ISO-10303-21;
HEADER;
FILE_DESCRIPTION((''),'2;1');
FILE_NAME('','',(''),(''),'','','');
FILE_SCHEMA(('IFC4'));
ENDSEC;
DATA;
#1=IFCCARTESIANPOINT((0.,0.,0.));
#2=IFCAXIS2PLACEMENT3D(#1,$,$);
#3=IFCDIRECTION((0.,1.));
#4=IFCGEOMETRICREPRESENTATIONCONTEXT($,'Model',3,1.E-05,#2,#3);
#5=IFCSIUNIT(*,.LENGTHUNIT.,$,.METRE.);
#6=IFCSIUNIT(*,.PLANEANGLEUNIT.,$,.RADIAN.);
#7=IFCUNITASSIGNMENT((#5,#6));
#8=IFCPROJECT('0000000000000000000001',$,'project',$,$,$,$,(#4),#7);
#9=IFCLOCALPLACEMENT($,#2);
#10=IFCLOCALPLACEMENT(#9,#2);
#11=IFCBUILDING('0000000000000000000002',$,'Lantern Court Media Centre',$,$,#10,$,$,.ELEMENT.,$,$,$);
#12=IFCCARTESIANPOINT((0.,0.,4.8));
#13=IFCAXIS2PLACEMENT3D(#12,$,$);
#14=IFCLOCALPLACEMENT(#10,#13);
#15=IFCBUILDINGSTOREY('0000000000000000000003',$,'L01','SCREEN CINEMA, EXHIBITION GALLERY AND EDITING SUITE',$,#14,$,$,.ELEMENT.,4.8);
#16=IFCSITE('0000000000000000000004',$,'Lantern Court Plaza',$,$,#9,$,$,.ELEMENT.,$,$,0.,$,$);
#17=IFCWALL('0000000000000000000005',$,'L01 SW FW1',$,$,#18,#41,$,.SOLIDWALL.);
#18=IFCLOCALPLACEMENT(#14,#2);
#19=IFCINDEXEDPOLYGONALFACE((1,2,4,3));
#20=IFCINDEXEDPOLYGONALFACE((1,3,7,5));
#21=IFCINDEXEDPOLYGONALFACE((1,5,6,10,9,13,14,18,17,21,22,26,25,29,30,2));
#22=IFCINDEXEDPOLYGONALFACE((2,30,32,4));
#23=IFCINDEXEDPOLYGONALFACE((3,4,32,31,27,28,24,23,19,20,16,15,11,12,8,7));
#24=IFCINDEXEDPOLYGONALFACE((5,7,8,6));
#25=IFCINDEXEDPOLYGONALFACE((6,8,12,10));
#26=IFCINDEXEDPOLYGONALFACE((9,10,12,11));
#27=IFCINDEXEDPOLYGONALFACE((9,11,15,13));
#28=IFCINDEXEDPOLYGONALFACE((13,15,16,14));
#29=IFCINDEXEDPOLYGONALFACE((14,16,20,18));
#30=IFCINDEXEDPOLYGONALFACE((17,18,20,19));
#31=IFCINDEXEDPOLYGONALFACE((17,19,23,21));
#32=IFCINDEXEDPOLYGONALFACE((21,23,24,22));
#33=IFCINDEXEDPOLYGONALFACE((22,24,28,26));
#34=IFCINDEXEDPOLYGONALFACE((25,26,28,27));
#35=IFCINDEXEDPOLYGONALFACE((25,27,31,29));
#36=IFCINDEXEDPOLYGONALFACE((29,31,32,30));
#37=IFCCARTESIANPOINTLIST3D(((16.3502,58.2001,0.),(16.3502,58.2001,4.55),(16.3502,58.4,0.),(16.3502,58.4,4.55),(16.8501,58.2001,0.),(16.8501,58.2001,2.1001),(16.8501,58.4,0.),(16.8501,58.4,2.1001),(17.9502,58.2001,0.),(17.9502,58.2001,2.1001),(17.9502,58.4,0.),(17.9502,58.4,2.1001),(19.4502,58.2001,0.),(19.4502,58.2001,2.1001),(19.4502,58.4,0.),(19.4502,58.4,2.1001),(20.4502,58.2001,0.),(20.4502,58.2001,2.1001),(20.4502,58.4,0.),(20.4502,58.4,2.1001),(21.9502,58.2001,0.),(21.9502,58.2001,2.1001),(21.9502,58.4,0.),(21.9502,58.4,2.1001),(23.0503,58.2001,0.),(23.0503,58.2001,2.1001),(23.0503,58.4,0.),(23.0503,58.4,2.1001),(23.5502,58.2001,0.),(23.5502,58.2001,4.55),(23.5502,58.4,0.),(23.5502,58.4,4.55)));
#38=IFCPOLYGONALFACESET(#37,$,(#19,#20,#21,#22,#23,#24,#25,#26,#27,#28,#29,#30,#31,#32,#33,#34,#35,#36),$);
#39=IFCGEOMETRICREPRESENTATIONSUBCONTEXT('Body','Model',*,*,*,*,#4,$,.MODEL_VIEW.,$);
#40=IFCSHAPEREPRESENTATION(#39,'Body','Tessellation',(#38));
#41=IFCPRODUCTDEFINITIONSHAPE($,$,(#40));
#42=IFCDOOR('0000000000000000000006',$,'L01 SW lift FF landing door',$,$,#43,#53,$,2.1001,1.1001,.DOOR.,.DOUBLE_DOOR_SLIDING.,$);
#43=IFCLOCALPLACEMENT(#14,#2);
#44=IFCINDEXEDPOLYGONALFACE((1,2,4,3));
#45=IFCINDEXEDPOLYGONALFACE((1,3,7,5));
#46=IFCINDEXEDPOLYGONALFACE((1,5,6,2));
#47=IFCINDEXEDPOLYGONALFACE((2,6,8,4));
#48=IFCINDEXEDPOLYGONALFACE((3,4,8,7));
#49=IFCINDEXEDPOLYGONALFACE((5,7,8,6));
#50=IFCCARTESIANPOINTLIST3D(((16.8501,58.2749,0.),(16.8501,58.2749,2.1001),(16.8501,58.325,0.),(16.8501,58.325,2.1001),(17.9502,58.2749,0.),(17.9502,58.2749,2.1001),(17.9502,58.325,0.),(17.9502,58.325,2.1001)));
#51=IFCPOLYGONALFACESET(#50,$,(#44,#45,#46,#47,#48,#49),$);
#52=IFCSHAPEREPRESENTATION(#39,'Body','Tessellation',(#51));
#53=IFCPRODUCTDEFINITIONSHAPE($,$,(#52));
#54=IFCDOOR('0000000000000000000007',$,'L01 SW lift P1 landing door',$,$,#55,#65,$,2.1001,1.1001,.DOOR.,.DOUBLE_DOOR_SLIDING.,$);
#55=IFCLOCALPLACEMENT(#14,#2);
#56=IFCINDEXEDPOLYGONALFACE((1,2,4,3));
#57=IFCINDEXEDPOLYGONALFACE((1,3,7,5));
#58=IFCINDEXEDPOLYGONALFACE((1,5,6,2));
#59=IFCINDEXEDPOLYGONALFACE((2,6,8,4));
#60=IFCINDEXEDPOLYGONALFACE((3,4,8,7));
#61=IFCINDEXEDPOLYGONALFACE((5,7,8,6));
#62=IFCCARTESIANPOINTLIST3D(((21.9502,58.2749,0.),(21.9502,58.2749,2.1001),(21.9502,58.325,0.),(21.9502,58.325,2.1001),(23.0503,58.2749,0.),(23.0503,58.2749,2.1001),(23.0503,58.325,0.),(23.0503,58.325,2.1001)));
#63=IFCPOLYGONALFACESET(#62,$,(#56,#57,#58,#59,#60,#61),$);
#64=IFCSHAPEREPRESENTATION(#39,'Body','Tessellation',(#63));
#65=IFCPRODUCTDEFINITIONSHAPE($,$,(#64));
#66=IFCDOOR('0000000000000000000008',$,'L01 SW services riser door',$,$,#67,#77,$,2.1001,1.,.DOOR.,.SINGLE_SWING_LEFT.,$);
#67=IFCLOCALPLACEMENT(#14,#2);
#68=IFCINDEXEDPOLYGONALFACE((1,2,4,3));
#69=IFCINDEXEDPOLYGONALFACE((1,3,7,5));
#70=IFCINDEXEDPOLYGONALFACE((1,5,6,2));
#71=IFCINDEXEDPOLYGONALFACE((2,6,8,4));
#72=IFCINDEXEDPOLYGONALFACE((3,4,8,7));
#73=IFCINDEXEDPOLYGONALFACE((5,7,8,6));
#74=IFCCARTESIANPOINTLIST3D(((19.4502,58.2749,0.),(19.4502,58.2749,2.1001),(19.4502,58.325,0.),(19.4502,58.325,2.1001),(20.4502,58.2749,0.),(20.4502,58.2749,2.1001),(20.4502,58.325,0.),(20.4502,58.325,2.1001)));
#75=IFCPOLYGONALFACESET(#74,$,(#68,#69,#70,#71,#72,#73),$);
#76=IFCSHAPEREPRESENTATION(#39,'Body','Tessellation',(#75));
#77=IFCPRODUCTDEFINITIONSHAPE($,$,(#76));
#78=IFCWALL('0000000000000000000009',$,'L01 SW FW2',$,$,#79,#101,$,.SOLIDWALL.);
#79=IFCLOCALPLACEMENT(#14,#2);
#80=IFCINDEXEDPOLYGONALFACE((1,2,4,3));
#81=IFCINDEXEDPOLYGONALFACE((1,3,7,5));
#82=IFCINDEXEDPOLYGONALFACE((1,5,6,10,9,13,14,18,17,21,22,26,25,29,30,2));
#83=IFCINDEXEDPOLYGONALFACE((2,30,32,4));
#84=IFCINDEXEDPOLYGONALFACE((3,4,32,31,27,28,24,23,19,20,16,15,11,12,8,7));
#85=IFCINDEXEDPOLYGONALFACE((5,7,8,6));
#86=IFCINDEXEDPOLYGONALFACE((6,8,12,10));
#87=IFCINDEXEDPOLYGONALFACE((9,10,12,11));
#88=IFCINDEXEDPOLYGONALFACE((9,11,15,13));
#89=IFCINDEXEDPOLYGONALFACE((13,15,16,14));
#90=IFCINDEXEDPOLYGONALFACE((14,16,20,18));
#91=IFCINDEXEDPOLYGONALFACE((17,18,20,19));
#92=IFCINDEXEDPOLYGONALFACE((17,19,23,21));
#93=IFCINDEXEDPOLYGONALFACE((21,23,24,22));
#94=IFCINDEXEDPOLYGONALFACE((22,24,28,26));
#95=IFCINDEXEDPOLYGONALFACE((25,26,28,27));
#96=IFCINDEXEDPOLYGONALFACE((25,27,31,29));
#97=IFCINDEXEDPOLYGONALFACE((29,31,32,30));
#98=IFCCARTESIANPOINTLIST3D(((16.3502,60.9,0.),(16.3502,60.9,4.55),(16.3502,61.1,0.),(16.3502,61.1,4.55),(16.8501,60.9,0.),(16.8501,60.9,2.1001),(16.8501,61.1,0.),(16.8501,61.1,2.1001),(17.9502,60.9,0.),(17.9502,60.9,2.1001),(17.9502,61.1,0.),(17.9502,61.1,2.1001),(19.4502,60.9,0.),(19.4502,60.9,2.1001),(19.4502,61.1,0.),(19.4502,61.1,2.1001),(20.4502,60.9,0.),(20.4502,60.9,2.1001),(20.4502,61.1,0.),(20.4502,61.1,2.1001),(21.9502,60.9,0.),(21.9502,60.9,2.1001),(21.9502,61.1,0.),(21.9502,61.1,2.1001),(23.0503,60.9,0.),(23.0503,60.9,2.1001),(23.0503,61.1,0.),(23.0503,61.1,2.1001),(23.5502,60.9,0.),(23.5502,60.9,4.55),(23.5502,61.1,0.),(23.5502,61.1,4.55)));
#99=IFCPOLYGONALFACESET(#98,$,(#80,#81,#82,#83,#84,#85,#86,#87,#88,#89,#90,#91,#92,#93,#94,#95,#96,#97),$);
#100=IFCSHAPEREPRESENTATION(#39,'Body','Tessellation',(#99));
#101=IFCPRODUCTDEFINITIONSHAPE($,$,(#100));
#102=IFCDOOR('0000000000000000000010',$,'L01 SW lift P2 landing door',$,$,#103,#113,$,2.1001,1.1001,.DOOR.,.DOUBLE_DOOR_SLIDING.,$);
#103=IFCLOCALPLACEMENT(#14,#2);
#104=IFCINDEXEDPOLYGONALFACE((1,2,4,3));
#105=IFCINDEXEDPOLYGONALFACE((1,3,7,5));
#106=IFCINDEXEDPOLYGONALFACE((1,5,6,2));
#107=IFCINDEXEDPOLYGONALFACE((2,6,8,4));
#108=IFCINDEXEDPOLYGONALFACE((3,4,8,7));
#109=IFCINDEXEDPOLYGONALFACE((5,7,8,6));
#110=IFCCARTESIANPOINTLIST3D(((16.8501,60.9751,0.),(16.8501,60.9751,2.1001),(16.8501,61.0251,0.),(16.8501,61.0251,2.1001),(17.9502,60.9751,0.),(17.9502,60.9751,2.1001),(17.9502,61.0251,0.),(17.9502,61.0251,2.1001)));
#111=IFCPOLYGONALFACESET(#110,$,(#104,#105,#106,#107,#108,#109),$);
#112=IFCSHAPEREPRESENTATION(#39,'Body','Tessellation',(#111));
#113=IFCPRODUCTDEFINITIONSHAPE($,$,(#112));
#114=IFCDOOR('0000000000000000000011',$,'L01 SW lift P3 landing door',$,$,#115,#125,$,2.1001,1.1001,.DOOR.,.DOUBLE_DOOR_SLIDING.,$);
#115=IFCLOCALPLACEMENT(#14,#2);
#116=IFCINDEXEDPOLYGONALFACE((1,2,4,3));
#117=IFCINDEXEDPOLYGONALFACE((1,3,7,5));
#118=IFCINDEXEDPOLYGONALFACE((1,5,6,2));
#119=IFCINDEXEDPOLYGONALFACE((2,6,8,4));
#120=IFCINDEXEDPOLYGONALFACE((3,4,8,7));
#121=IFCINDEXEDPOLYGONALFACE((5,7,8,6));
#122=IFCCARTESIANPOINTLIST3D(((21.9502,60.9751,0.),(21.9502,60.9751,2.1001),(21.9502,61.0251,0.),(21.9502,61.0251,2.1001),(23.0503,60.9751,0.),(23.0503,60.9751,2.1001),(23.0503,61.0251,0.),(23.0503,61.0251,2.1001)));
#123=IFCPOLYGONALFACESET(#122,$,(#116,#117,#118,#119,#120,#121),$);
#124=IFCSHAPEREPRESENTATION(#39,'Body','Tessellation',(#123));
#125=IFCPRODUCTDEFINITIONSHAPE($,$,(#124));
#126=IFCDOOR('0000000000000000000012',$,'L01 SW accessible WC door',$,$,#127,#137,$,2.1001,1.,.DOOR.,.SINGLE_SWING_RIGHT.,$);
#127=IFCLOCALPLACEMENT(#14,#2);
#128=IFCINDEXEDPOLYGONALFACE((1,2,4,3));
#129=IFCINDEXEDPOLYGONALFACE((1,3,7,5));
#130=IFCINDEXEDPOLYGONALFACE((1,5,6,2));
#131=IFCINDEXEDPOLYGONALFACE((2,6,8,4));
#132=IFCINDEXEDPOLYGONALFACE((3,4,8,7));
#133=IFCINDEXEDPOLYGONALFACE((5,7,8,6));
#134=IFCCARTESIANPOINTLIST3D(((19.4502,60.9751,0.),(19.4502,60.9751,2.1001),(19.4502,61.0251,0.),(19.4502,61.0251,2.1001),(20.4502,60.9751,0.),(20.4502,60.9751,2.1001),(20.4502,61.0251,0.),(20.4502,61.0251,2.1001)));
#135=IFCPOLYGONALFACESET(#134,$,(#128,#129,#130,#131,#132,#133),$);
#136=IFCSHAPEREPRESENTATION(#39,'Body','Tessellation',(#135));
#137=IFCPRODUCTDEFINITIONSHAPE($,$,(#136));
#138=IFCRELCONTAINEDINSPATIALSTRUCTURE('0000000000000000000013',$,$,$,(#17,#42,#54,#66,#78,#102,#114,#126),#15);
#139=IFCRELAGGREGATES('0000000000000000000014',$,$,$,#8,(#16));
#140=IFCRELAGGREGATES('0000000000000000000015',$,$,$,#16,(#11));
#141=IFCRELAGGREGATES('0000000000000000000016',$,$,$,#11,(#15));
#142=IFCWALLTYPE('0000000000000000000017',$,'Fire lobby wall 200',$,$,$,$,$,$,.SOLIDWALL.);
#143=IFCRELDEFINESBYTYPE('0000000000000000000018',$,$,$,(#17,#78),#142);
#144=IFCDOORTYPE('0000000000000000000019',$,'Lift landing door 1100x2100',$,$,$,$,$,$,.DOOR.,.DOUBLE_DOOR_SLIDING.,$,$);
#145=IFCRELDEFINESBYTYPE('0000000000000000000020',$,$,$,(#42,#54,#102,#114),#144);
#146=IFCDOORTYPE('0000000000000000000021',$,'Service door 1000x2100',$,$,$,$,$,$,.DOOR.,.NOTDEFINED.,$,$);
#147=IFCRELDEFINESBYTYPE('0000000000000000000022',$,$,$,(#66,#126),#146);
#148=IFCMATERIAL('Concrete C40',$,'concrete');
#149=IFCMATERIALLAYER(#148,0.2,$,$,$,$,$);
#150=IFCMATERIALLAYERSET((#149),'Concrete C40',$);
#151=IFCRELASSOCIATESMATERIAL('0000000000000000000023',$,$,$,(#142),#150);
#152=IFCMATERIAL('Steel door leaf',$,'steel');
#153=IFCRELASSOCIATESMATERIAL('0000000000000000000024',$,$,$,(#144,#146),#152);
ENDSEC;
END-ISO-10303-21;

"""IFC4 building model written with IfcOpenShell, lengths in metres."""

from ifc_helpers import new_model, si_unit, direction, frame, frame_2d, origin, place, context, subcontext, project, spatial, rectangle, extrude, material, layer, layer_set, type_object, element, fill, save


model = new_model("IFC4")

# Units and contexts
model_context = context("Model", 3, precision=1e-05, world=origin(), true_north=direction((0.0, 1.0)))
body_context = subcontext(model_context, "Body", "Model", "MODEL_VIEW")
ifc_project = project(units=[si_unit("LENGTHUNIT", "METRE"), si_unit("PLANEANGLEUNIT", "RADIAN")], contexts=[model_context])

# Site, building, storey
site_placement = place(None, origin())
site = spatial("IfcSite", under=ifc_project, at=site_placement, Name="Lantern Court Plaza", CompositionType="ELEMENT", RefElevation=0.0)
building_placement = place(site_placement, origin())
building = spatial("IfcBuilding", under=site, at=building_placement, Name="Lantern Court Media Centre", CompositionType="ELEMENT")
storey_placement = place(building_placement, frame((0.0, 0.0, 4.8)))
storey = spatial("IfcBuildingStorey", under=building, at=storey_placement, Name="L01", Description="SCREEN CINEMA, EXHIBITION GALLERY AND EDITING SUITE", CompositionType="ELEMENT", Elevation=4.8)

# Walls, openings, doors
ifc_material_1 = material(Name="Concrete C40", Category="concrete")
ifc_layer_1 = layer(ifc_material_1, 0.2)
ifc_layer_set_1 = layer_set([ifc_layer_1], Name="Concrete C40")
wall_type_1 = type_object("IfcWallType", Name="Fire lobby wall 200", PredefinedType="SOLIDWALL", material=ifc_layer_set_1)
wall_1_placement = place(storey_placement, frame((16.3501, 58.3, 0.0), z_axis=(0.0, 0.0, 1.0), x_axis=(1.0, 0.0, 0.0)))
wall_1 = element("IfcWall", 1, at=wall_1_placement, inside=storey, type_object=wall_type_1, Name="L01 SW FW1", PredefinedType="SOLIDWALL", context=body_context, shape_type="SweptSolid", body=[
    extrude(rectangle(XDim=7.2, YDim=0.2, at=frame_2d((3.6001, 0.0))), origin(), (0.0, 0.0, 1.0), 4.55),
])
opening_1_placement = place(wall_1_placement, frame((0.5, 0.0, 0.0)))
opening_1 = element("IfcOpeningElement", 2, at=opening_1_placement, cuts=wall_1, PredefinedType="OPENING", context=body_context, shape_type="SweptSolid", body=[
    extrude(rectangle(XDim=1.1001, YDim=2.1001, at=frame_2d((0.55, 1.05))), frame((0.0, 0.1099, 0.0), z_axis=(0.0, -1.0, 0.0), x_axis=(1.0, 0.0, 0.0)), (0.0, 0.0, 1.0), 0.22),
])
opening_2_placement = place(wall_1_placement, frame((5.6001, 0.0, 0.0)))
opening_2 = element("IfcOpeningElement", 3, at=opening_2_placement, cuts=wall_1, PredefinedType="OPENING", context=body_context, shape_type="SweptSolid", body=[
    extrude(rectangle(XDim=1.1001, YDim=2.1001, at=frame_2d((0.55, 1.05))), frame((0.0, 0.1099, 0.0), z_axis=(0.0, -1.0, 0.0), x_axis=(1.0, 0.0, 0.0)), (0.0, 0.0, 1.0), 0.22),
])
opening_3_placement = place(wall_1_placement, frame((3.1001, 0.0, 0.0)))
opening_3 = element("IfcOpeningElement", 4, at=opening_3_placement, cuts=wall_1, PredefinedType="OPENING", context=body_context, shape_type="SweptSolid", body=[
    extrude(rectangle(XDim=1.0, YDim=2.1001, at=frame_2d((0.5, 1.05))), frame((0.0, 0.1099, 0.0), z_axis=(0.0, -1.0, 0.0), x_axis=(1.0, 0.0, 0.0)), (0.0, 0.0, 1.0), 0.22),
])
ifc_material_2 = material(Name="Steel door leaf", Category="steel")
door_type_1 = type_object("IfcDoorType", Name="Lift landing door 1100x2100", OperationType="DOUBLE_DOOR_SLIDING", PredefinedType="DOOR", material=ifc_material_2)
door_1_placement = place(opening_1_placement, origin())
door_1 = element("IfcDoor", 5, at=door_1_placement, inside=storey, type_object=door_type_1, Name="L01 SW lift FF landing door", OperationType="DOUBLE_DOOR_SLIDING", OverallHeight=2.1001, OverallWidth=1.1001, PredefinedType="DOOR", context=body_context, shape_type="SweptSolid", body=[
    extrude(rectangle(XDim=1.1001, YDim=2.1001, at=frame_2d((0.55, 1.05))), frame((0.0, 0.0249, 0.0), z_axis=(0.0, -1.0, 0.0), x_axis=(1.0, 0.0, 0.0)), (0.0, 0.0, 1.0), 0.05),
])
fill(opening_1, door_1)
door_2_placement = place(opening_2_placement, origin())
door_2 = element("IfcDoor", 6, at=door_2_placement, inside=storey, type_object=door_type_1, Name="L01 SW lift P1 landing door", OperationType="DOUBLE_DOOR_SLIDING", OverallHeight=2.1001, OverallWidth=1.1001, PredefinedType="DOOR", context=body_context, shape_type="SweptSolid", body=[
    extrude(rectangle(XDim=1.1001, YDim=2.1001, at=frame_2d((0.55, 1.05))), frame((0.0, 0.0249, 0.0), z_axis=(0.0, -1.0, 0.0), x_axis=(1.0, 0.0, 0.0)), (0.0, 0.0, 1.0), 0.05),
])
fill(opening_2, door_2)
door_type_2 = type_object("IfcDoorType", Name="Service door 1000x2100", OperationType="NOTDEFINED", PredefinedType="DOOR", material=ifc_material_2)
door_3_placement = place(opening_3_placement, origin())
door_3 = element("IfcDoor", 7, at=door_3_placement, inside=storey, type_object=door_type_2, Name="L01 SW services riser door", OperationType="SINGLE_SWING_LEFT", OverallHeight=2.1001, OverallWidth=1.0, PredefinedType="DOOR", context=body_context, shape_type="SweptSolid", body=[
    extrude(rectangle(XDim=1.0, YDim=2.1001, at=frame_2d((0.5, 1.05))), frame((0.0, 0.0249, 0.0), z_axis=(0.0, -1.0, 0.0), x_axis=(1.0, 0.0, 0.0)), (0.0, 0.0, 1.0), 0.05),
])
fill(opening_3, door_3)
wall_2_placement = place(storey_placement, frame((16.3501, 61.0, 0.0), z_axis=(0.0, 0.0, 1.0), x_axis=(1.0, 0.0, 0.0)))
wall_2 = element("IfcWall", 8, at=wall_2_placement, inside=storey, type_object=wall_type_1, Name="L01 SW FW2", PredefinedType="SOLIDWALL", context=body_context, shape_type="SweptSolid", body=[
    extrude(rectangle(XDim=7.2, YDim=0.2, at=frame_2d((3.6001, 0.0))), origin(), (0.0, 0.0, 1.0), 4.55),
])
opening_4_placement = place(wall_2_placement, frame((0.5, 0.0, 0.0)))
opening_4 = element("IfcOpeningElement", 9, at=opening_4_placement, cuts=wall_2, PredefinedType="OPENING", context=body_context, shape_type="SweptSolid", body=[
    extrude(rectangle(XDim=1.1001, YDim=2.1001, at=frame_2d((0.55, 1.05))), frame((0.0, 0.1099, 0.0), z_axis=(0.0, -1.0, 0.0), x_axis=(1.0, 0.0, 0.0)), (0.0, 0.0, 1.0), 0.22),
])
opening_5_placement = place(wall_2_placement, frame((5.6001, 0.0, 0.0)))
opening_5 = element("IfcOpeningElement", 10, at=opening_5_placement, cuts=wall_2, PredefinedType="OPENING", context=body_context, shape_type="SweptSolid", body=[
    extrude(rectangle(XDim=1.1001, YDim=2.1001, at=frame_2d((0.55, 1.05))), frame((0.0, 0.1099, 0.0), z_axis=(0.0, -1.0, 0.0), x_axis=(1.0, 0.0, 0.0)), (0.0, 0.0, 1.0), 0.22),
])
opening_6_placement = place(wall_2_placement, frame((3.1001, 0.0, 0.0)))
opening_6 = element("IfcOpeningElement", 11, at=opening_6_placement, cuts=wall_2, PredefinedType="OPENING", context=body_context, shape_type="SweptSolid", body=[
    extrude(rectangle(XDim=1.0, YDim=2.1001, at=frame_2d((0.5, 1.05))), frame((0.0, 0.1099, 0.0), z_axis=(0.0, -1.0, 0.0), x_axis=(1.0, 0.0, 0.0)), (0.0, 0.0, 1.0), 0.22),
])
door_4_placement = place(opening_4_placement, frame((1.1001, 0.0, 0.0), z_axis=(0.0, 0.0, 1.0), x_axis=(-1.0, 0.0, 0.0)))
door_4 = element("IfcDoor", 12, at=door_4_placement, inside=storey, type_object=door_type_1, Name="L01 SW lift P2 landing door", OperationType="DOUBLE_DOOR_SLIDING", OverallHeight=2.1001, OverallWidth=1.1001, PredefinedType="DOOR", context=body_context, shape_type="SweptSolid", body=[
    extrude(rectangle(XDim=1.1001, YDim=2.1001, at=frame_2d((0.55, 1.05))), frame((0.0, 0.0249, 0.0), z_axis=(0.0, -1.0, 0.0), x_axis=(1.0, 0.0, 0.0)), (0.0, 0.0, 1.0), 0.05),
])
fill(opening_4, door_4)
door_5_placement = place(opening_5_placement, frame((1.1001, 0.0, 0.0), z_axis=(0.0, 0.0, 1.0), x_axis=(-1.0, 0.0, 0.0)))
door_5 = element("IfcDoor", 13, at=door_5_placement, inside=storey, type_object=door_type_1, Name="L01 SW lift P3 landing door", OperationType="DOUBLE_DOOR_SLIDING", OverallHeight=2.1001, OverallWidth=1.1001, PredefinedType="DOOR", context=body_context, shape_type="SweptSolid", body=[
    extrude(rectangle(XDim=1.1001, YDim=2.1001, at=frame_2d((0.55, 1.05))), frame((0.0, 0.0249, 0.0), z_axis=(0.0, -1.0, 0.0), x_axis=(1.0, 0.0, 0.0)), (0.0, 0.0, 1.0), 0.05),
])
fill(opening_5, door_5)
door_6_placement = place(opening_6_placement, frame((1.0, 0.0, 0.0), z_axis=(0.0, 0.0, 1.0), x_axis=(-1.0, 0.0, 0.0)))
door_6 = element("IfcDoor", 14, at=door_6_placement, inside=storey, type_object=door_type_2, Name="L01 SW accessible WC door", OperationType="SINGLE_SWING_RIGHT", OverallHeight=2.1001, OverallWidth=1.0, PredefinedType="DOOR", context=body_context, shape_type="SweptSolid", body=[
    extrude(rectangle(XDim=1.0, YDim=2.1001, at=frame_2d((0.5, 1.05))), frame((0.0, 0.0249, 0.0), z_axis=(0.0, -1.0, 0.0), x_axis=(1.0, 0.0, 0.0)), (0.0, 0.0, 1.0), 0.05),
])
fill(opening_6, door_6)

save(model, "model.ifc")
